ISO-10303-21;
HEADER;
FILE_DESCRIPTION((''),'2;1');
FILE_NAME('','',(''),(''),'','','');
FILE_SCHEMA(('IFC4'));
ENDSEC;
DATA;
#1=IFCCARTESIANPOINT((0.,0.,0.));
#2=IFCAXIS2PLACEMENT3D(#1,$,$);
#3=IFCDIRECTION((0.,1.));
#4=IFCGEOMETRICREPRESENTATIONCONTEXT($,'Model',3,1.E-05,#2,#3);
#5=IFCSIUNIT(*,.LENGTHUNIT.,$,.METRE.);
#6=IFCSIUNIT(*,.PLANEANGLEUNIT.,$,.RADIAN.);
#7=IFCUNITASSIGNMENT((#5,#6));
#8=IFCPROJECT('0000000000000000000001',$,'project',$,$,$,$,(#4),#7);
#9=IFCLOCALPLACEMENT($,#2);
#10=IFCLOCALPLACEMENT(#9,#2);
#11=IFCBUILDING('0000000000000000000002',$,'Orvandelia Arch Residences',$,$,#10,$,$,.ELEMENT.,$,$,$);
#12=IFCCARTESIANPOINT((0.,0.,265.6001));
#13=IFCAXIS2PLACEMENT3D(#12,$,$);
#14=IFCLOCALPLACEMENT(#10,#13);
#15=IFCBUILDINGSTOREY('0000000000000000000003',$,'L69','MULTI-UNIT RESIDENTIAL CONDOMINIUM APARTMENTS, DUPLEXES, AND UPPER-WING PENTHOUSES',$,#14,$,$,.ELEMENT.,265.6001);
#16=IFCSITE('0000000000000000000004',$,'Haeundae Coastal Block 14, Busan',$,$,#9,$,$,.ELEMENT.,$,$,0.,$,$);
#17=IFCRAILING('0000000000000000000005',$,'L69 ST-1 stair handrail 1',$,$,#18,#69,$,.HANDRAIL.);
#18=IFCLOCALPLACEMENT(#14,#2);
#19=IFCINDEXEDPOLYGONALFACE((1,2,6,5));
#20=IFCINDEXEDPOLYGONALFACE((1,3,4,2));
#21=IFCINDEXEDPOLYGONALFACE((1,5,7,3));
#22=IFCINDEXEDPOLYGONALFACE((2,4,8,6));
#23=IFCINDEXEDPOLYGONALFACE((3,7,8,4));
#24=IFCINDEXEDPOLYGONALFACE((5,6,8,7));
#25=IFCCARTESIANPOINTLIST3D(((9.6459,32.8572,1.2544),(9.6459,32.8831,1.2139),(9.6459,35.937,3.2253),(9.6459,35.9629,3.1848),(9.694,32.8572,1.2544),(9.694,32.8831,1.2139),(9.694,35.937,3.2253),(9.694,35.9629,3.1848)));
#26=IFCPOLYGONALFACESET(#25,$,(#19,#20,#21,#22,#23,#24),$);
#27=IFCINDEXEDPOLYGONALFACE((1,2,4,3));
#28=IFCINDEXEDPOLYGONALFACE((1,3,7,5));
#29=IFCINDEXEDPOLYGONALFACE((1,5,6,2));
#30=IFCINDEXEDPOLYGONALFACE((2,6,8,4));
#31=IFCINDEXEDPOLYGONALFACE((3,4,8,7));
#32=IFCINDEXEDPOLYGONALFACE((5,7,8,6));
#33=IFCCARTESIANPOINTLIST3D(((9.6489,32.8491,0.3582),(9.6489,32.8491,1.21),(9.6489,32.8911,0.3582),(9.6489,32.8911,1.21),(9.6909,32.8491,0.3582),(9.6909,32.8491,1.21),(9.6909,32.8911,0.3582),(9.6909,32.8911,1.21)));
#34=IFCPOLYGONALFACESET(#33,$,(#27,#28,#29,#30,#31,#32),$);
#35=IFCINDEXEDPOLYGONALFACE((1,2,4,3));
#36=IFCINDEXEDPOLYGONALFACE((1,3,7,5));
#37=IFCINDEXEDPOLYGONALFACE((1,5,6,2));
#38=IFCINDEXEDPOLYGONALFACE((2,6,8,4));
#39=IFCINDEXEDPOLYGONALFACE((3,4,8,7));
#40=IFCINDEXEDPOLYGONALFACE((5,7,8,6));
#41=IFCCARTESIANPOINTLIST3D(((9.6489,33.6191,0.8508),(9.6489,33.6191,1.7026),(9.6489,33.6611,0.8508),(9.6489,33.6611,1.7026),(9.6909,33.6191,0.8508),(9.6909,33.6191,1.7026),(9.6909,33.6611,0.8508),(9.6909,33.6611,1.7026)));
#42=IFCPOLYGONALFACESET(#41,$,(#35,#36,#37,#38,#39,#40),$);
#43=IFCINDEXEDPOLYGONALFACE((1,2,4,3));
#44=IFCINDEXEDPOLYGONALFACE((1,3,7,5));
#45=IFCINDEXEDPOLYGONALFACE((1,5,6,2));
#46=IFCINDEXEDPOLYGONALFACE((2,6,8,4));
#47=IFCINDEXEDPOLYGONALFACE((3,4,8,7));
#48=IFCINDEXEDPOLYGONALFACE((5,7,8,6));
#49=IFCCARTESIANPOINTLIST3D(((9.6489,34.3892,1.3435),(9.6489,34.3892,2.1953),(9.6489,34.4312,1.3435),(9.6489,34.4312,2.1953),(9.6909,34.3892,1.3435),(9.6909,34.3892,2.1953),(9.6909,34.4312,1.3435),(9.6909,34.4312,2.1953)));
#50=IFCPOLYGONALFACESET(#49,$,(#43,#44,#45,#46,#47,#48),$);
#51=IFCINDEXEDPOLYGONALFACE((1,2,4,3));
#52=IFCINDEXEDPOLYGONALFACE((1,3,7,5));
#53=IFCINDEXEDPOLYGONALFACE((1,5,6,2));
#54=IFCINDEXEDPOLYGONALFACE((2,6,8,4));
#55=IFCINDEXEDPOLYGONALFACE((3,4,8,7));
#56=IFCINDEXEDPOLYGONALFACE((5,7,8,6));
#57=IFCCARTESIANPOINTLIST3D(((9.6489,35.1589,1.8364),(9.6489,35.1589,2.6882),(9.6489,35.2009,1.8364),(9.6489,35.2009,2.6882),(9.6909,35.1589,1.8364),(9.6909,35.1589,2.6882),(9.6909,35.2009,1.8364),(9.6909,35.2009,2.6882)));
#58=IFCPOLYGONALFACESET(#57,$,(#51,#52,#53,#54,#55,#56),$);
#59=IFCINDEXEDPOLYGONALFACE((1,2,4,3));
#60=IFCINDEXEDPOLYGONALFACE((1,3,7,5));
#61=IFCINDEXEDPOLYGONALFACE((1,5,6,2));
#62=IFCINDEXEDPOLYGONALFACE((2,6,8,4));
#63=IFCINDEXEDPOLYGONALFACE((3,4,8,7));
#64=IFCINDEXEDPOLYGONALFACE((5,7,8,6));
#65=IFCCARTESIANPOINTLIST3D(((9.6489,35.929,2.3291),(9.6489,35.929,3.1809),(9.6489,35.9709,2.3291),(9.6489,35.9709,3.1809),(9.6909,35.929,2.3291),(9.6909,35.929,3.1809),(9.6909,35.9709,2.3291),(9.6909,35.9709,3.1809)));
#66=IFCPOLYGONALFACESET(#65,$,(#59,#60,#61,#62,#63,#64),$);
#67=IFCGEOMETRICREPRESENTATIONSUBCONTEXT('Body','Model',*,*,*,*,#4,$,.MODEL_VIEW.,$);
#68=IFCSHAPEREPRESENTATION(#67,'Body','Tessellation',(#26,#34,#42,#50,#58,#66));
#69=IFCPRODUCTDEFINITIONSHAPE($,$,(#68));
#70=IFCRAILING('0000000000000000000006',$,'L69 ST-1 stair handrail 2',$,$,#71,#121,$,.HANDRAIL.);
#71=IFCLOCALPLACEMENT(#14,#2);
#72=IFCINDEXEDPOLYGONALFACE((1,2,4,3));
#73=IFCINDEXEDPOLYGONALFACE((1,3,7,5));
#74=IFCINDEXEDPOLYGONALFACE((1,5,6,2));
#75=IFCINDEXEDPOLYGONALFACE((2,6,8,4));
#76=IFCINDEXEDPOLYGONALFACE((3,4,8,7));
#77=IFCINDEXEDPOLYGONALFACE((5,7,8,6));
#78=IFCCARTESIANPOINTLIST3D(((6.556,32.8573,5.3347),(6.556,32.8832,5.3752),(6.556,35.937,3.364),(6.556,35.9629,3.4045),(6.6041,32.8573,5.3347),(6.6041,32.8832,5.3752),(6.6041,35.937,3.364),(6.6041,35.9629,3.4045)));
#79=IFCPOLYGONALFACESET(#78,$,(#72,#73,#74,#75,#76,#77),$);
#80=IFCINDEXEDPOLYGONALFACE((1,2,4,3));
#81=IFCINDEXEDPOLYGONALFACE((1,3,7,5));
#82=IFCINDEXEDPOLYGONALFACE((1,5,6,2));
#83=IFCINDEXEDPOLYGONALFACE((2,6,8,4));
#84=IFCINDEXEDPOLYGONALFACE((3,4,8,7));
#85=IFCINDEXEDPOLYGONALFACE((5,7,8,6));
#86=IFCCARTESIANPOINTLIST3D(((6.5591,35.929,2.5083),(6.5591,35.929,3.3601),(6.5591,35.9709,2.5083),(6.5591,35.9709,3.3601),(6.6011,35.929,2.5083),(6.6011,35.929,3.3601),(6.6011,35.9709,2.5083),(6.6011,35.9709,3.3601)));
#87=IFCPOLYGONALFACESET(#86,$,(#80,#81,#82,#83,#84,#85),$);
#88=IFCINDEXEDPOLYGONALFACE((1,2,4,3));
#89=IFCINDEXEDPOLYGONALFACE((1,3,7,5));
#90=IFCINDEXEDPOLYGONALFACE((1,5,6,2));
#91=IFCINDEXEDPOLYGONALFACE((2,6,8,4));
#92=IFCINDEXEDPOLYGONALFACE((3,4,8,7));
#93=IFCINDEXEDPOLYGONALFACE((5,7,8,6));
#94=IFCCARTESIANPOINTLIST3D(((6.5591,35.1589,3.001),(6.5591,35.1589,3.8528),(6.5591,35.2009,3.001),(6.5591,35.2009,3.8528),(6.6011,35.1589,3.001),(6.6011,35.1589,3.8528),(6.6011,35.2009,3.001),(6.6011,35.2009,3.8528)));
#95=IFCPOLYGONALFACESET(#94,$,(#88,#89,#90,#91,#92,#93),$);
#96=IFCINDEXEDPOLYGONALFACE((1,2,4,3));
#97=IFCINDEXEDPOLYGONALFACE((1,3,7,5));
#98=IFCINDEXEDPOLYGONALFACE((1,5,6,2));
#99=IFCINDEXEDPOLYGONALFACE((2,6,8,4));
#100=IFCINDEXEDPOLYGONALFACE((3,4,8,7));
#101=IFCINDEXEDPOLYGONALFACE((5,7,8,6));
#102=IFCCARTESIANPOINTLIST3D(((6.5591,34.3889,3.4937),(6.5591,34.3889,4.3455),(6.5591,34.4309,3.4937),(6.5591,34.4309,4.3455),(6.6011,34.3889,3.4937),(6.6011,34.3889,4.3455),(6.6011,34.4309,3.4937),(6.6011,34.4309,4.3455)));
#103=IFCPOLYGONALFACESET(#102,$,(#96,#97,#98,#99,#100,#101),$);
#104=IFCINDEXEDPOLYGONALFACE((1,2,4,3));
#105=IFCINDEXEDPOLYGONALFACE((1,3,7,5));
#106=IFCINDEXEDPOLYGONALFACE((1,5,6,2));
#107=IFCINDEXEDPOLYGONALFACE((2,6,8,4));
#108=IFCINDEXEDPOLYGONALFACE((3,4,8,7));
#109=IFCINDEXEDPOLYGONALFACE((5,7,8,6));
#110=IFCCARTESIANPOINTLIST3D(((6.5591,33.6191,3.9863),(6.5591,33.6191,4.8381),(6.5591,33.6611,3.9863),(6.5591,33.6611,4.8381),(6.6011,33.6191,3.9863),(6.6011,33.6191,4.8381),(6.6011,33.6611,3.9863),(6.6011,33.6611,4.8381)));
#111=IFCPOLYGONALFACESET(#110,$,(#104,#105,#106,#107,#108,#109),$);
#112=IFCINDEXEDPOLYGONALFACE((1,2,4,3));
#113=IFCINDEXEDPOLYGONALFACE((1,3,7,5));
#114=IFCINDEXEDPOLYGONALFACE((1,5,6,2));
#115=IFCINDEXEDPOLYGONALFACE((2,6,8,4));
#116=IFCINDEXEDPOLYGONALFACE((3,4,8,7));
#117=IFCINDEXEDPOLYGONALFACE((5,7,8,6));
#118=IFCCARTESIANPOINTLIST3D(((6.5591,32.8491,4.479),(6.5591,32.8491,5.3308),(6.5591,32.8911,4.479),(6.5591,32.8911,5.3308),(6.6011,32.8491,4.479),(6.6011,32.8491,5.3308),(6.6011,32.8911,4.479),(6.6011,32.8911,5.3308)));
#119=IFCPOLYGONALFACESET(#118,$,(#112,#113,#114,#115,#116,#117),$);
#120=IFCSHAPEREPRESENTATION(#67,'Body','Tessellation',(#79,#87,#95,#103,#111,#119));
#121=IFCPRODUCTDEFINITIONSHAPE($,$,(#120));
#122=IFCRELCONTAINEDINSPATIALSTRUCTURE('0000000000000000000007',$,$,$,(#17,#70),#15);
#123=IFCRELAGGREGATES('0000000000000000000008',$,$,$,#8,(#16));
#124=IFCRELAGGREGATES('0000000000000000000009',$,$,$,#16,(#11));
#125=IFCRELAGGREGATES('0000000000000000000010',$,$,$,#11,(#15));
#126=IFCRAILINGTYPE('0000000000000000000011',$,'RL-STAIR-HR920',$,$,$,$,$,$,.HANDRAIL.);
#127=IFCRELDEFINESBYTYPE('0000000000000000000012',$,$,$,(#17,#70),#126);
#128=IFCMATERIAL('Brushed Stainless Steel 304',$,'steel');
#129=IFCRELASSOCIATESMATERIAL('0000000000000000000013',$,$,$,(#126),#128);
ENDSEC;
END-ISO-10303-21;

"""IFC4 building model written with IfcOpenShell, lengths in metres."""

from ifc_helpers import new_model, si_unit, direction, frame, origin, origin_2d, place, context, subcontext, project, spatial, rectangle, extrude, material, type_object, element, save


model = new_model("IFC4")

# Units and contexts
model_context = context("Model", 3, precision=1e-05, world=origin(), true_north=direction((0.0, 1.0)))
body_context = subcontext(model_context, "Body", "Model", "MODEL_VIEW")
ifc_project = project(units=[si_unit("LENGTHUNIT", "METRE"), si_unit("PLANEANGLEUNIT", "RADIAN")], contexts=[model_context])

# Site, building, storey
site_placement = place(None, origin())
site = spatial("IfcSite", under=ifc_project, at=site_placement, Name="Haeundae Coastal Block 14, Busan", CompositionType="ELEMENT", RefElevation=0.0)
building_placement = place(site_placement, origin())
building = spatial("IfcBuilding", under=site, at=building_placement, Name="Orvandelia Arch Residences", CompositionType="ELEMENT")
storey_placement = place(building_placement, frame((0.0, 0.0, 265.6001)))
storey = spatial("IfcBuildingStorey", under=building, at=storey_placement, Name="L69", Description="MULTI-UNIT RESIDENTIAL CONDOMINIUM APARTMENTS, DUPLEXES, AND UPPER-WING PENTHOUSES", CompositionType="ELEMENT", Elevation=265.6001)

# Railings
ifc_material_1 = material(Name="Brushed Stainless Steel 304", Category="steel")
railing_type_1 = type_object("IfcRailingType", Name="RL-STAIR-HR920", PredefinedType="HANDRAIL", material=ifc_material_1)
railing_1_placement = place(storey_placement, frame((9.6699, 32.8701, 0.3582)))
element("IfcRailing", 1, at=railing_1_placement, inside=storey, type_object=railing_type_1, Name="L69 ST-1 stair handrail 1", PredefinedType="HANDRAIL", context=body_context, shape_type="SweptSolid", body=[
    extrude(rectangle(XDim=0.0481, YDim=0.0481, at=origin_2d()), frame((0.0, 0.0, 0.876), z_axis=(0.0, 0.84229, 0.539025), x_axis=(-1.0, 0.0, 0.0)), (0.0, 0.0, 1.0), 3.6565),
    extrude(rectangle(XDim=0.042, YDim=0.042, at=origin_2d()), origin(), (0.0, 0.0, 1.0), 0.8518),
    extrude(rectangle(XDim=0.042, YDim=0.042, at=origin_2d()), frame((0.0, 0.77, 0.4927)), (0.0, 0.0, 1.0), 0.8518),
    extrude(rectangle(XDim=0.042, YDim=0.042, at=origin_2d()), frame((0.0, 1.54, 0.9854)), (0.0, 0.0, 1.0), 0.8518),
    extrude(rectangle(XDim=0.042, YDim=0.042, at=origin_2d()), frame((0.0, 2.3098, 1.4783)), (0.0, 0.0, 1.0), 0.8518),
    extrude(rectangle(XDim=0.042, YDim=0.042, at=origin_2d()), frame((0.0, 3.0798, 1.9709)), (0.0, 0.0, 1.0), 0.8518),
])
railing_2_placement = place(storey_placement, frame((6.5801, 35.95, 2.5083)))
element("IfcRailing", 2, at=railing_2_placement, inside=storey, type_object=railing_type_1, Name="L69 ST-1 stair handrail 2", PredefinedType="HANDRAIL", context=body_context, shape_type="SweptSolid", body=[
    extrude(rectangle(XDim=0.0481, YDim=0.0481, at=origin_2d()), frame((0.0, 0.0, 0.876), z_axis=(0.0, -0.84232, 0.538978), x_axis=(1.0, 0.0, 0.0)), (0.0, 0.0, 1.0), 3.6562),
    extrude(rectangle(XDim=0.042, YDim=0.042, at=origin_2d()), origin(), (0.0, 0.0, 1.0), 0.8518),
    extrude(rectangle(XDim=0.042, YDim=0.042, at=origin_2d()), frame((0.0, -0.77, 0.4927)), (0.0, 0.0, 1.0), 0.8518),
    extrude(rectangle(XDim=0.042, YDim=0.042, at=origin_2d()), frame((0.0, -1.54, 0.9854)), (0.0, 0.0, 1.0), 0.8518),
    extrude(rectangle(XDim=0.042, YDim=0.042, at=origin_2d()), frame((0.0, -2.3098, 1.478)), (0.0, 0.0, 1.0), 0.8518),
    extrude(rectangle(XDim=0.042, YDim=0.042, at=origin_2d()), frame((0.0, -3.0798, 1.9707)), (0.0, 0.0, 1.0), 0.8518),
])

save(model, "model.ifc")
